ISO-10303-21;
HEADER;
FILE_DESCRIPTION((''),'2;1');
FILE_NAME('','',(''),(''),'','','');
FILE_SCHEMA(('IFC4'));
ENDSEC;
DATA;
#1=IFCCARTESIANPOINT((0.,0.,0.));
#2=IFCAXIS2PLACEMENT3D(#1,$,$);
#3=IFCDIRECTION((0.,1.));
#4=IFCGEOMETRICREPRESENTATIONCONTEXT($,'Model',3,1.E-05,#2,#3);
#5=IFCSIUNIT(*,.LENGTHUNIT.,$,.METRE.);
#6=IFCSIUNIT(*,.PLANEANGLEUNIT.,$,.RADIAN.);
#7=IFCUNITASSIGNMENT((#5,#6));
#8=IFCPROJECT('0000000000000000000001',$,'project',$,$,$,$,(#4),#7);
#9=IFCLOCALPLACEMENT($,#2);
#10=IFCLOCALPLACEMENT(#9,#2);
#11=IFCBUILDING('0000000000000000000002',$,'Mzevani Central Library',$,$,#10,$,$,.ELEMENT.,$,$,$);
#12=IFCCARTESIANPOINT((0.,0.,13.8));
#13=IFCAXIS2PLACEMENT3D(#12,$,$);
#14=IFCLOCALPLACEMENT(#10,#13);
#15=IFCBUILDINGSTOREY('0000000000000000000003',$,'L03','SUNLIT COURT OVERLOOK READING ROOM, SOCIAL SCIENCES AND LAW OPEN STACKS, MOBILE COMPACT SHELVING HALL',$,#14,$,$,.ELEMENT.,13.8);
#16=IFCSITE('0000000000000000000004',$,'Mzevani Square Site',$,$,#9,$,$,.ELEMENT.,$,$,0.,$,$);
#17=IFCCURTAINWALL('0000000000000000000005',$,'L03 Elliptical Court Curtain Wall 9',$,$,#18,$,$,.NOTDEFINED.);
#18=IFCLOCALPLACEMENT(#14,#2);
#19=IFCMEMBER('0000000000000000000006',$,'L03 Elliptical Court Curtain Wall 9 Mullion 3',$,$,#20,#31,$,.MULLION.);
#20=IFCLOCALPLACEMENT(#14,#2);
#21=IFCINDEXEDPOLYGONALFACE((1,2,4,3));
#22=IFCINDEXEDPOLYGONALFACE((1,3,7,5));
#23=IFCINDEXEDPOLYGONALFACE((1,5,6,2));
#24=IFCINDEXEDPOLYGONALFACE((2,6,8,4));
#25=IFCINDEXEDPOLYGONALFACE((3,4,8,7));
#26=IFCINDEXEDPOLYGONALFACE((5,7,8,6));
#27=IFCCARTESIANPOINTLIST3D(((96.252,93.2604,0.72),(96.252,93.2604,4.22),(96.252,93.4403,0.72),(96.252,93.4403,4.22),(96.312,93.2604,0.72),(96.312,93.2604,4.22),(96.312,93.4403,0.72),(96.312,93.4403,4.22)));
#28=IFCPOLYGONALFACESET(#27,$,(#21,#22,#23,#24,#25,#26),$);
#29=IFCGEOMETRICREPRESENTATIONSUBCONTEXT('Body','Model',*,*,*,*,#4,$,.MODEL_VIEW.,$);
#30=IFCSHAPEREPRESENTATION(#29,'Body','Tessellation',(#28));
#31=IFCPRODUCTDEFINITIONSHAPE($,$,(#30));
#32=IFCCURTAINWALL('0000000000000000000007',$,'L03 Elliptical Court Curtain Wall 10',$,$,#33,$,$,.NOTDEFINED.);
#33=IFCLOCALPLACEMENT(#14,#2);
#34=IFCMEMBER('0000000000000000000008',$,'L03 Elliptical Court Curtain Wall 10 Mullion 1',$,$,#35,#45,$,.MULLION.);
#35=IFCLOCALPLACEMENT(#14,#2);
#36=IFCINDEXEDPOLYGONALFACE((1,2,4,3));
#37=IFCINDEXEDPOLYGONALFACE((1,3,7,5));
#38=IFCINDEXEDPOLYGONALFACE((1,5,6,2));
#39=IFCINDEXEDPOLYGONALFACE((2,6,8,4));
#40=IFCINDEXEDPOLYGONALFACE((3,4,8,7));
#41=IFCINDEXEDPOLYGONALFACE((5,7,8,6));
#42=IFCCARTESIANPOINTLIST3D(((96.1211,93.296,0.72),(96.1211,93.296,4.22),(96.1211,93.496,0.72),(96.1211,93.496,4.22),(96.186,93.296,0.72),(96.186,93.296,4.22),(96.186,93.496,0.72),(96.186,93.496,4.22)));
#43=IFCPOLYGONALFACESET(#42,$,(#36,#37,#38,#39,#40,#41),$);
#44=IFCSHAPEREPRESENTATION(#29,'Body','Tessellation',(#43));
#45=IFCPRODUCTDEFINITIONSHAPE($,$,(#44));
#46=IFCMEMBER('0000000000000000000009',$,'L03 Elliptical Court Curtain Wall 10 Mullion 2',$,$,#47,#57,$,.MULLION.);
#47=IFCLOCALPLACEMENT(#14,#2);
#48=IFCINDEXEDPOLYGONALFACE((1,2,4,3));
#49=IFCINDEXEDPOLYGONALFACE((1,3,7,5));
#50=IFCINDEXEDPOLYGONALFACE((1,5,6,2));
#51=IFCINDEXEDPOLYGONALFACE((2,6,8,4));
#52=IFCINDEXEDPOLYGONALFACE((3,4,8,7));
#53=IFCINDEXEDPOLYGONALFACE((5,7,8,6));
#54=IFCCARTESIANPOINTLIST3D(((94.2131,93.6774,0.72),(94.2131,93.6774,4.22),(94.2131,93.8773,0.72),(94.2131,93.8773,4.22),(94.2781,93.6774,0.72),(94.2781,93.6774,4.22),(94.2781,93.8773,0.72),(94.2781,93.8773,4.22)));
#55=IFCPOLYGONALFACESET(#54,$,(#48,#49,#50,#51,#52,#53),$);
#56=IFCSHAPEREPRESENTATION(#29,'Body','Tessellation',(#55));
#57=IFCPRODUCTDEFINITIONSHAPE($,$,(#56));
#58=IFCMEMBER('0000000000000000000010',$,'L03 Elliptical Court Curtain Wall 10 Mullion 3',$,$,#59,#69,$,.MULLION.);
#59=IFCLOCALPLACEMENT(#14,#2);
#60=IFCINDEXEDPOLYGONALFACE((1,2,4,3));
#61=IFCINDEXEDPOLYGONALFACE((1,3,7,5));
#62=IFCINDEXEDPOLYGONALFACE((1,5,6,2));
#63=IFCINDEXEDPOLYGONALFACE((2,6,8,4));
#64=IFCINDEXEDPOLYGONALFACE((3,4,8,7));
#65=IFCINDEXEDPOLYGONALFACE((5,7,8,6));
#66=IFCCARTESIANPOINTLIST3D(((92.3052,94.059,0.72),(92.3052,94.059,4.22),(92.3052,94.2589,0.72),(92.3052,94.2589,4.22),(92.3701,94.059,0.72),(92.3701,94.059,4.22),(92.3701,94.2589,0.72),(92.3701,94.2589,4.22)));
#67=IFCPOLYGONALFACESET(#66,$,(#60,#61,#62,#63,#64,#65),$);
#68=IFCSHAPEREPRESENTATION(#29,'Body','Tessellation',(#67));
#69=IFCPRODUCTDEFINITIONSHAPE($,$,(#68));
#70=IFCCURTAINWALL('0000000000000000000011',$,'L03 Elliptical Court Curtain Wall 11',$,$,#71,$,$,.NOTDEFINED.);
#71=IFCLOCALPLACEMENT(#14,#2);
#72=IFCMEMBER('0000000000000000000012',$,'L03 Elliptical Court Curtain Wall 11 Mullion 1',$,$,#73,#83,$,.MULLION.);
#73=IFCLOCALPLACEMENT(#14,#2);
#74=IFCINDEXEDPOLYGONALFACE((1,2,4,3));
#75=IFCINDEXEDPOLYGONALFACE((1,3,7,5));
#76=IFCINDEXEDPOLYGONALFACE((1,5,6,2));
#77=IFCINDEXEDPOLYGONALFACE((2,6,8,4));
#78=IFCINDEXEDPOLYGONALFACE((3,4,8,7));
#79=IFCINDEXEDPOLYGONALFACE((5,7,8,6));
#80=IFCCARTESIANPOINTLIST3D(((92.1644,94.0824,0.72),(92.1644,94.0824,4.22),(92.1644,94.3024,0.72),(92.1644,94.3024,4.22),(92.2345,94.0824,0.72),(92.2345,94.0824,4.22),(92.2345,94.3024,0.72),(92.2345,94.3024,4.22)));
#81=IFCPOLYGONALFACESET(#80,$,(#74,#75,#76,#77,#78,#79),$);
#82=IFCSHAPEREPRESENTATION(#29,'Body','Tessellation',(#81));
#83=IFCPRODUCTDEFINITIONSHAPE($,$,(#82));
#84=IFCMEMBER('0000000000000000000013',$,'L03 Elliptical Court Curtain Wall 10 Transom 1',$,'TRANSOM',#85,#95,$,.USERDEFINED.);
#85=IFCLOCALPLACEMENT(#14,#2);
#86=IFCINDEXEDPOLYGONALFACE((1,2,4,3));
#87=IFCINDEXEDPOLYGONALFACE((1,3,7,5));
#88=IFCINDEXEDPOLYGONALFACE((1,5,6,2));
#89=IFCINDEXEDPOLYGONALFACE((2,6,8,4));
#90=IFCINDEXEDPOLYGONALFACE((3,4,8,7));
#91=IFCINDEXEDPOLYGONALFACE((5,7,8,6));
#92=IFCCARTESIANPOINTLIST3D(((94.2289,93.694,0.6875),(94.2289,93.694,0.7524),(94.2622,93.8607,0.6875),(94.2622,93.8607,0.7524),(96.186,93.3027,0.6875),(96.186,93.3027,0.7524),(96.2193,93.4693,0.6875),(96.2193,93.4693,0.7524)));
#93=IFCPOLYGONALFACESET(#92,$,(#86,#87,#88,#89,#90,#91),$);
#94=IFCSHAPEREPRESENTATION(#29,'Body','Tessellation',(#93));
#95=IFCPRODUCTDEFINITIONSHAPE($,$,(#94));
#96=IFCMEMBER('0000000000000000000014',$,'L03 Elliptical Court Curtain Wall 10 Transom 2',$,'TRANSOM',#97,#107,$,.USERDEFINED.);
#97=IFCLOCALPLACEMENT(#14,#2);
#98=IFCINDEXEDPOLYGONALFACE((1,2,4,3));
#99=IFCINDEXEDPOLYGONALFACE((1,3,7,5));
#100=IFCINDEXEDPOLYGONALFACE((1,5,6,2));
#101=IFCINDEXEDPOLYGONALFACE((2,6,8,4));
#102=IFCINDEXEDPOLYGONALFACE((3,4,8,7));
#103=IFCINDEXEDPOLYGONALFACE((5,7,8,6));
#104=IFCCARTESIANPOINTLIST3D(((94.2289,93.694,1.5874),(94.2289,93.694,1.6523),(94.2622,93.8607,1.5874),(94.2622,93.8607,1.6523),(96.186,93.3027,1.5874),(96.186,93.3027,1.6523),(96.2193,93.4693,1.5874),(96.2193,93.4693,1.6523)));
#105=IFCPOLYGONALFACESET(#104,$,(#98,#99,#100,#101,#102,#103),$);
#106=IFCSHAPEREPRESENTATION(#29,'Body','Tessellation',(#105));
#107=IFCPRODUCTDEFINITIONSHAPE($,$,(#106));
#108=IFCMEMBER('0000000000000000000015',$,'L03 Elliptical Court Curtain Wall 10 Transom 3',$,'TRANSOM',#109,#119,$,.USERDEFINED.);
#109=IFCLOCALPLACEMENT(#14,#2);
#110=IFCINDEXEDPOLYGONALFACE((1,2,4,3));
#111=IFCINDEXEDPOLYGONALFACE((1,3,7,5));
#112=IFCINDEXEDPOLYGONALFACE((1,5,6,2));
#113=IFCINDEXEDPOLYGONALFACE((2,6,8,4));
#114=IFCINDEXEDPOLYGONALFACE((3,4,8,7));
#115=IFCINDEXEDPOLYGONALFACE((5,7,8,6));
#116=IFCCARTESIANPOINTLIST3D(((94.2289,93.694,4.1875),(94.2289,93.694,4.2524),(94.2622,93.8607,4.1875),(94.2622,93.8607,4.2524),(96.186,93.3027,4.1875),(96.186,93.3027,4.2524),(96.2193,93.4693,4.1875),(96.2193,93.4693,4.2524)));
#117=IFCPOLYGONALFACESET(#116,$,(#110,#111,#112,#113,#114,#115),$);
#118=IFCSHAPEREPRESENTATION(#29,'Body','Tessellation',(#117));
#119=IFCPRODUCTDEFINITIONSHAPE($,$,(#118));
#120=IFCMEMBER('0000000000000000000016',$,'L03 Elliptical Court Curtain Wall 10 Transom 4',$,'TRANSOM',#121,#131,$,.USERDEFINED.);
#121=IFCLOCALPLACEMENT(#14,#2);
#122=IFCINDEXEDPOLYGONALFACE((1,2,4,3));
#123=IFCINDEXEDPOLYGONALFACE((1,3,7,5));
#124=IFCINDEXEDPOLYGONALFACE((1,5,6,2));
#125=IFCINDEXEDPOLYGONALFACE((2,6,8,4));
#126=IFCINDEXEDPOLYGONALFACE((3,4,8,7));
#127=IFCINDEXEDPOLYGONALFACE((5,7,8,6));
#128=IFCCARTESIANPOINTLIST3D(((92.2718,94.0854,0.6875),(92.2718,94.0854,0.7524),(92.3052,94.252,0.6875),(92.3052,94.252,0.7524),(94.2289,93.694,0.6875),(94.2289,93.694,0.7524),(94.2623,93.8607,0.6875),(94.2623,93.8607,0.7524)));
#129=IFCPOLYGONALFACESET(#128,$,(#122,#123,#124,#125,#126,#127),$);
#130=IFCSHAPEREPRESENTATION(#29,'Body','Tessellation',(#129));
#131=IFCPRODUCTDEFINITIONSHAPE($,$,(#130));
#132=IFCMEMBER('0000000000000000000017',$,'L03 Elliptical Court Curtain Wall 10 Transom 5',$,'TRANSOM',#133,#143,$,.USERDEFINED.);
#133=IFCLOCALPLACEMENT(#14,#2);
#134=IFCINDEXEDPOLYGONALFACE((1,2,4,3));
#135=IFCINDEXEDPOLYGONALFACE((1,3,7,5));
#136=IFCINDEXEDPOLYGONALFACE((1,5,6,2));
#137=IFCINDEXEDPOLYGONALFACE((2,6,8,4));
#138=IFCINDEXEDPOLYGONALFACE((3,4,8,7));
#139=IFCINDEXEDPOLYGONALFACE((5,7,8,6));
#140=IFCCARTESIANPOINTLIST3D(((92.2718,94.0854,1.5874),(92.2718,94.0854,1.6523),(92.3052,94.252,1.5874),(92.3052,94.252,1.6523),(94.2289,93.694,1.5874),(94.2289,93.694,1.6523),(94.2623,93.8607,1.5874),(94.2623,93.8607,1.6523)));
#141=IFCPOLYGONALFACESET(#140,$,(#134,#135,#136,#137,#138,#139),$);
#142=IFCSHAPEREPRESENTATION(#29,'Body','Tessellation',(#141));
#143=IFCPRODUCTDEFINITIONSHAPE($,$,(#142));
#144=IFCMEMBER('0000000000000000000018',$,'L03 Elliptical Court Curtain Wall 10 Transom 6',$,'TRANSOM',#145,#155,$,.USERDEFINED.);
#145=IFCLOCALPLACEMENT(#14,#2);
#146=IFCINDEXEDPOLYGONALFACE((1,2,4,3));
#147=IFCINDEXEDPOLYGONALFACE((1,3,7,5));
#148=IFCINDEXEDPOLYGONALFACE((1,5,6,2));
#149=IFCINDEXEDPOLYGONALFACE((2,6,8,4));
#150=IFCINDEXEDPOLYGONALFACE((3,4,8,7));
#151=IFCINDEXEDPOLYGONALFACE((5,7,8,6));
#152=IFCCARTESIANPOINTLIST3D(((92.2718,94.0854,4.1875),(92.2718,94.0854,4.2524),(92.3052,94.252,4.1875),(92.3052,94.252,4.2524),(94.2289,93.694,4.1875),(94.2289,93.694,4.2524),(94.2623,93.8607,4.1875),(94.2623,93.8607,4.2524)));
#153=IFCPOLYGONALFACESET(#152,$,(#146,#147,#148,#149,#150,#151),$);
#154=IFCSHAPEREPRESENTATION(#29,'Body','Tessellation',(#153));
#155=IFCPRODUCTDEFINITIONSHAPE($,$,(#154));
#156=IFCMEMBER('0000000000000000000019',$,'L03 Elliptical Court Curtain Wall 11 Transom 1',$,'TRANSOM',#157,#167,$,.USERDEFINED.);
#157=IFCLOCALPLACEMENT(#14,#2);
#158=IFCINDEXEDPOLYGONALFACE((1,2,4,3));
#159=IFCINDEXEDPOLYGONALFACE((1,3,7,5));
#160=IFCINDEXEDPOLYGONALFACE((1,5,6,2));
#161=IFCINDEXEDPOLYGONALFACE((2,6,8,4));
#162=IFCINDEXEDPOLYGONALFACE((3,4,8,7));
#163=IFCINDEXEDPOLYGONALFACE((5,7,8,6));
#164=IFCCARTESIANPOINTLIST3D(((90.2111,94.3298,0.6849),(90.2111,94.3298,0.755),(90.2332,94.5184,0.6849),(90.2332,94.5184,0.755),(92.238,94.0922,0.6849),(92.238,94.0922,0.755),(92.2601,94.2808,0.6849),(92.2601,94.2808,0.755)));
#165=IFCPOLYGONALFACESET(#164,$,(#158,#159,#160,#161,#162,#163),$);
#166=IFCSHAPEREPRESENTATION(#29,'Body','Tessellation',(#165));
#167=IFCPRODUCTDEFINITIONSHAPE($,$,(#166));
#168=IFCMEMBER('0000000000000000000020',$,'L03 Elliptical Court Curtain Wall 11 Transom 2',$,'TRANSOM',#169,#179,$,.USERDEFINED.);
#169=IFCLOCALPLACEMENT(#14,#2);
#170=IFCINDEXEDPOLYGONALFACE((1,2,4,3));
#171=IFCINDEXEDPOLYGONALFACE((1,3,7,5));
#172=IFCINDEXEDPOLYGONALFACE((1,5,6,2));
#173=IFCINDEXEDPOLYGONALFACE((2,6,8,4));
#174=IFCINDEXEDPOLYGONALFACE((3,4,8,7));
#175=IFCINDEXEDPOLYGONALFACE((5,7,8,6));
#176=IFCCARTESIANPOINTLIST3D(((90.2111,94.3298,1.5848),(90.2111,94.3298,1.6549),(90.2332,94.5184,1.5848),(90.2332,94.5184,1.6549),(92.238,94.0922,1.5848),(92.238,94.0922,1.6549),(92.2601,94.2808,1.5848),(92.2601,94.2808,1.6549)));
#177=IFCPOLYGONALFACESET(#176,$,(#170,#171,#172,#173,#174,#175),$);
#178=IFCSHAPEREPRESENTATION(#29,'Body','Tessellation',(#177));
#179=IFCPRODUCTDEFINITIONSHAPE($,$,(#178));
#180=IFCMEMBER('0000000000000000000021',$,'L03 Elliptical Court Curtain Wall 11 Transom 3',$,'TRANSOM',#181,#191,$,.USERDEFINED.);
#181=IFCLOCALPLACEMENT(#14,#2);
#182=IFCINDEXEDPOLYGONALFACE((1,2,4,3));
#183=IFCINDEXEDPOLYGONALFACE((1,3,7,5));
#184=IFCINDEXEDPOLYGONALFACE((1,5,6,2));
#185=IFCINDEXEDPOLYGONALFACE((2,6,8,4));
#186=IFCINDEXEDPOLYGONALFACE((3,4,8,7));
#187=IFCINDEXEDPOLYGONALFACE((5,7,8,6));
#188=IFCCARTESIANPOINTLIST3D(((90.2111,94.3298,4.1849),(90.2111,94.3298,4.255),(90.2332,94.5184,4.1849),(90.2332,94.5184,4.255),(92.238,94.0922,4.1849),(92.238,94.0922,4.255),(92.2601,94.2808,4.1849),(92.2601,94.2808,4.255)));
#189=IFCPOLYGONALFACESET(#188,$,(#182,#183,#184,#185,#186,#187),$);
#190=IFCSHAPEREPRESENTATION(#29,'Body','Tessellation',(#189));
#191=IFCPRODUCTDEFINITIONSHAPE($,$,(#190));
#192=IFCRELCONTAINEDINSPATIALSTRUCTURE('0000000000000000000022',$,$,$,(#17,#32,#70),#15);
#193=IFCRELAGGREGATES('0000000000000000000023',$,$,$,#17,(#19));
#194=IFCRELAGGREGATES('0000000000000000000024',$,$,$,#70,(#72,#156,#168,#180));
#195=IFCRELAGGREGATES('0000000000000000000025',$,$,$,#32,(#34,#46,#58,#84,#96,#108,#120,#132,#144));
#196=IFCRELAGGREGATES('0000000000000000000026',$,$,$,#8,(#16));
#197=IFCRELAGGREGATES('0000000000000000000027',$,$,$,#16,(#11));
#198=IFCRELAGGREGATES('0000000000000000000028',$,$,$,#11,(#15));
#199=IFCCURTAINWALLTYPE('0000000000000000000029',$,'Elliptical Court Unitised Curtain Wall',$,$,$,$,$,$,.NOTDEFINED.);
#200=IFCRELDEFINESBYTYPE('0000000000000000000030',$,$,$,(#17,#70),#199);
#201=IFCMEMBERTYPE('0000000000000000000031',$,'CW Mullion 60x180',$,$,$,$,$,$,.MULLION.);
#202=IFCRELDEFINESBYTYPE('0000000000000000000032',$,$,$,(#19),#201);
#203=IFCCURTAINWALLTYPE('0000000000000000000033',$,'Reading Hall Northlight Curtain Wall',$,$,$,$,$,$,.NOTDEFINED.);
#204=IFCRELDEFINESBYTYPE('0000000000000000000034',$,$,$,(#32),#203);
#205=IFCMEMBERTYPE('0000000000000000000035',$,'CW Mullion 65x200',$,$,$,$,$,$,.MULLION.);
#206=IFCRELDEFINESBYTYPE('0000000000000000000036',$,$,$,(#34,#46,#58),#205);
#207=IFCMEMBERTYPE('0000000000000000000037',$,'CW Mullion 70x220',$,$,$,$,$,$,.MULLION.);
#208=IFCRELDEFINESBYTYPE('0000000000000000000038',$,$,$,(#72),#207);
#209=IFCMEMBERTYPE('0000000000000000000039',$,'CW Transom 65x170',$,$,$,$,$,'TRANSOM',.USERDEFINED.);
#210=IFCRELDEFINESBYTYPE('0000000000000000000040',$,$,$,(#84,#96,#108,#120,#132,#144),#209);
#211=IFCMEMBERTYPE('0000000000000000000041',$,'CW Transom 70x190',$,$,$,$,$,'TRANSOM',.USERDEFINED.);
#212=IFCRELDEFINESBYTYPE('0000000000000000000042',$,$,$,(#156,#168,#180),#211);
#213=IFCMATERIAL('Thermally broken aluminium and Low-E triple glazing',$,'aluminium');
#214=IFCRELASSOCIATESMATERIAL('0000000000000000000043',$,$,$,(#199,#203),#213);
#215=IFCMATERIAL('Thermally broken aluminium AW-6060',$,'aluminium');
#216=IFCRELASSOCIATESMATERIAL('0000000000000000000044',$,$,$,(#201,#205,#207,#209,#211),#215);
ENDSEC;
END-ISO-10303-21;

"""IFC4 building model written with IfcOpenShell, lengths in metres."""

from ifc_helpers import new_model, si_unit, direction, frame, origin, origin_2d, place, context, subcontext, project, spatial, rectangle, extrude, material, material_profile, profile_set, type_object, element, aggregate, save


model = new_model("IFC4")

# Units and contexts
model_context = context("Model", 3, precision=1e-05, world=origin(), true_north=direction((0.0, 1.0)))
body_context = subcontext(model_context, "Body", "Model", "MODEL_VIEW")
ifc_project = project(units=[si_unit("LENGTHUNIT", "METRE"), si_unit("PLANEANGLEUNIT", "RADIAN")], contexts=[model_context])

# Site, building, storey
site_placement = place(None, origin())
site = spatial("IfcSite", under=ifc_project, at=site_placement, Name="Mzevani Square Site", CompositionType="ELEMENT", RefElevation=0.0)
building_placement = place(site_placement, origin())
building = spatial("IfcBuilding", under=site, at=building_placement, Name="Mzevani Central Library", CompositionType="ELEMENT")
storey_placement = place(building_placement, frame((0.0, 0.0, 13.8)))
storey = spatial("IfcBuildingStorey", under=building, at=storey_placement, Name="L03", Description="SUNLIT COURT OVERLOOK READING ROOM, SOCIAL SCIENCES AND LAW OPEN STACKS, MOBILE COMPACT SHELVING HALL", CompositionType="ELEMENT", Elevation=13.8)

# Curtain wall, member
ifc_material_1 = material(Name="Thermally broken aluminium and Low-E triple glazing", Category="aluminium")
curtain_wall_type_1 = type_object("IfcCurtainWallType", Name="Elliptical Court Unitised Curtain Wall", PredefinedType="NOTDEFINED", material=ifc_material_1)
curtain_wall_1_placement = place(storey_placement, origin())
curtain_wall_1 = element("IfcCurtainWall", 1, at=curtain_wall_1_placement, inside=storey, type_object=curtain_wall_type_1, Name="L03 Elliptical Court Curtain Wall 9", PredefinedType="NOTDEFINED")
ifc_material_2 = material(Name="Thermally broken aluminium AW-6060", Category="aluminium")
ifc_material_profile_1 = material_profile(ifc_material_2, rectangle(XDim=0.0601, YDim=0.1799, at=origin_2d()), Name="ALU M60x180")
ifc_profile_set_1 = profile_set([ifc_material_profile_1], Name="Thermally broken aluminium AW-6060")
member_type_1 = type_object("IfcMemberType", Name="CW Mullion 60x180", PredefinedType="MULLION", material=ifc_profile_set_1)
member_1_placement = place(storey_placement, frame((96.282, 93.3503, 0.72), z_axis=(0.0, 0.0, 1.0), x_axis=(1.0, 0.0, 0.0)))
member_1 = element("IfcMember", 2, at=member_1_placement, type_object=member_type_1, Name="L03 Elliptical Court Curtain Wall 9 Mullion 3", PredefinedType="MULLION", context=body_context, shape_type="SweptSolid", body=[
    extrude(rectangle(XDim=0.0601, YDim=0.1799, at=origin_2d()), origin(), (0.0, 0.0, 1.0), 3.5),
])

# Curtain wall, members
curtain_wall_type_2 = type_object("IfcCurtainWallType", Name="Reading Hall Northlight Curtain Wall", PredefinedType="NOTDEFINED", material=ifc_material_1)
curtain_wall_2_placement = place(storey_placement, origin())
curtain_wall_2 = element("IfcCurtainWall", 3, at=curtain_wall_2_placement, inside=storey, type_object=curtain_wall_type_2, Name="L03 Elliptical Court Curtain Wall 10", PredefinedType="NOTDEFINED")
ifc_material_profile_2 = material_profile(ifc_material_2, rectangle(XDim=0.0649, YDim=0.2, at=origin_2d()), Name="ALU M65x200")
ifc_profile_set_2 = profile_set([ifc_material_profile_2], Name="Thermally broken aluminium AW-6060")
member_type_2 = type_object("IfcMemberType", Name="CW Mullion 65x200", PredefinedType="MULLION", material=ifc_profile_set_2)
member_2_placement = place(storey_placement, frame((96.1536, 93.396, 0.72), z_axis=(0.0, 0.0, 1.0), x_axis=(1.0, 0.0, 0.0)))
member_2 = element("IfcMember", 4, at=member_2_placement, type_object=member_type_2, Name="L03 Elliptical Court Curtain Wall 10 Mullion 1", PredefinedType="MULLION", context=body_context, shape_type="SweptSolid", body=[
    extrude(rectangle(XDim=0.0649, YDim=0.2, at=origin_2d()), origin(), (0.0, 0.0, 1.0), 3.5),
])
member_3_placement = place(storey_placement, frame((94.2456, 93.7773, 0.72), z_axis=(0.0, 0.0, 1.0), x_axis=(1.0, 0.0, 0.0)))
member_3 = element("IfcMember", 5, at=member_3_placement, type_object=member_type_2, Name="L03 Elliptical Court Curtain Wall 10 Mullion 2", PredefinedType="MULLION", context=body_context, shape_type="SweptSolid", body=[
    extrude(rectangle(XDim=0.0649, YDim=0.2, at=origin_2d()), origin(), (0.0, 0.0, 1.0), 3.5),
])
member_4_placement = place(storey_placement, frame((92.3376, 94.1589, 0.72), z_axis=(0.0, 0.0, 1.0), x_axis=(1.0, 0.0, 0.0)))
member_4 = element("IfcMember", 6, at=member_4_placement, type_object=member_type_2, Name="L03 Elliptical Court Curtain Wall 10 Mullion 3", PredefinedType="MULLION", context=body_context, shape_type="SweptSolid", body=[
    extrude(rectangle(XDim=0.0649, YDim=0.2, at=origin_2d()), origin(), (0.0, 0.0, 1.0), 3.5),
])

# Curtain wall, member
curtain_wall_3_placement = place(storey_placement, origin())
curtain_wall_3 = element("IfcCurtainWall", 7, at=curtain_wall_3_placement, inside=storey, type_object=curtain_wall_type_1, Name="L03 Elliptical Court Curtain Wall 11", PredefinedType="NOTDEFINED")
ifc_material_profile_3 = material_profile(ifc_material_2, rectangle(XDim=0.0701, YDim=0.22, at=origin_2d()), Name="ALU M70x220")
ifc_profile_set_3 = profile_set([ifc_material_profile_3], Name="Thermally broken aluminium AW-6060")
member_type_3 = type_object("IfcMemberType", Name="CW Mullion 70x220", PredefinedType="MULLION", material=ifc_profile_set_3)
member_5_placement = place(storey_placement, frame((92.1995, 94.1924, 0.72), z_axis=(0.0, 0.0, 1.0), x_axis=(1.0, 0.0, 0.0)))
member_5 = element("IfcMember", 8, at=member_5_placement, type_object=member_type_3, Name="L03 Elliptical Court Curtain Wall 11 Mullion 1", PredefinedType="MULLION", context=body_context, shape_type="SweptSolid", body=[
    extrude(rectangle(XDim=0.0701, YDim=0.22, at=origin_2d()), origin(), (0.0, 0.0, 1.0), 3.5),
])

# Members
ifc_material_profile_4 = material_profile(ifc_material_2, rectangle(XDim=0.1699, YDim=0.0649, at=origin_2d()), Name="ALU T65x170")
ifc_profile_set_4 = profile_set([ifc_material_profile_4], Name="Thermally broken aluminium AW-6060")
member_type_4 = type_object("IfcMemberType", Name="CW Transom 65x170", ElementType="TRANSOM", PredefinedType="USERDEFINED", material=ifc_profile_set_4)
member_6_placement = place(storey_placement, frame((96.2026, 93.386, 0.72), z_axis=(-0.980585, 0.196093, 0.0), x_axis=(-0.196093, -0.980585, 0.0)))
member_6 = element("IfcMember", 9, at=member_6_placement, type_object=member_type_4, Name="L03 Elliptical Court Curtain Wall 10 Transom 1", ObjectType="TRANSOM", PredefinedType="USERDEFINED", context=body_context, shape_type="SweptSolid", body=[
    extrude(rectangle(XDim=0.1699, YDim=0.0649, at=origin_2d()), origin(), (0.0, 0.0, 1.0), 1.9958),
])
member_7_placement = place(storey_placement, frame((96.2026, 93.386, 1.6199), z_axis=(-0.980585, 0.196093, 0.0), x_axis=(-0.196093, -0.980585, 0.0)))
member_7 = element("IfcMember", 10, at=member_7_placement, type_object=member_type_4, Name="L03 Elliptical Court Curtain Wall 10 Transom 2", ObjectType="TRANSOM", PredefinedType="USERDEFINED", context=body_context, shape_type="SweptSolid", body=[
    extrude(rectangle(XDim=0.1699, YDim=0.0649, at=origin_2d()), origin(), (0.0, 0.0, 1.0), 1.9958),
])
member_8_placement = place(storey_placement, frame((96.2026, 93.386, 4.22), z_axis=(-0.980585, 0.196093, 0.0), x_axis=(-0.196093, -0.980585, 0.0)))
member_8 = element("IfcMember", 11, at=member_8_placement, type_object=member_type_4, Name="L03 Elliptical Court Curtain Wall 10 Transom 3", ObjectType="TRANSOM", PredefinedType="USERDEFINED", context=body_context, shape_type="SweptSolid", body=[
    extrude(rectangle(XDim=0.1699, YDim=0.0649, at=origin_2d()), origin(), (0.0, 0.0, 1.0), 1.9958),
])
member_9_placement = place(storey_placement, frame((94.2456, 93.7773, 0.72), z_axis=(-0.980585, 0.196093, 0.0), x_axis=(-0.196093, -0.980585, 0.0)))
member_9 = element("IfcMember", 12, at=member_9_placement, type_object=member_type_4, Name="L03 Elliptical Court Curtain Wall 10 Transom 4", ObjectType="TRANSOM", PredefinedType="USERDEFINED", context=body_context, shape_type="SweptSolid", body=[
    extrude(rectangle(XDim=0.1699, YDim=0.0649, at=origin_2d()), origin(), (0.0, 0.0, 1.0), 1.9958),
])
member_10_placement = place(storey_placement, frame((94.2456, 93.7773, 1.6199), z_axis=(-0.980585, 0.196093, 0.0), x_axis=(-0.196093, -0.980585, 0.0)))
member_10 = element("IfcMember", 13, at=member_10_placement, type_object=member_type_4, Name="L03 Elliptical Court Curtain Wall 10 Transom 5", ObjectType="TRANSOM", PredefinedType="USERDEFINED", context=body_context, shape_type="SweptSolid", body=[
    extrude(rectangle(XDim=0.1699, YDim=0.0649, at=origin_2d()), origin(), (0.0, 0.0, 1.0), 1.9958),
])
member_11_placement = place(storey_placement, frame((94.2456, 93.7773, 4.22), z_axis=(-0.980585, 0.196093, 0.0), x_axis=(-0.196093, -0.980585, 0.0)))
member_11 = element("IfcMember", 14, at=member_11_placement, type_object=member_type_4, Name="L03 Elliptical Court Curtain Wall 10 Transom 6", ObjectType="TRANSOM", PredefinedType="USERDEFINED", context=body_context, shape_type="SweptSolid", body=[
    extrude(rectangle(XDim=0.1699, YDim=0.0649, at=origin_2d()), origin(), (0.0, 0.0, 1.0), 1.9958),
])
ifc_material_profile_5 = material_profile(ifc_material_2, rectangle(XDim=0.1899, YDim=0.0701, at=origin_2d()), Name="ALU T70x190")
ifc_profile_set_5 = profile_set([ifc_material_profile_5], Name="Thermally broken aluminium AW-6060")
member_type_5 = type_object("IfcMemberType", Name="CW Transom 70x190", ElementType="TRANSOM", PredefinedType="USERDEFINED", material=ifc_profile_set_5)
member_12_placement = place(storey_placement, frame((92.249, 94.1865, 0.72), z_axis=(-0.993202, 0.116404, 0.0), x_axis=(-0.116404, -0.993202, 0.0)))
member_12 = element("IfcMember", 15, at=member_12_placement, type_object=member_type_5, Name="L03 Elliptical Court Curtain Wall 11 Transom 1", ObjectType="TRANSOM", PredefinedType="USERDEFINED", context=body_context, shape_type="SweptSolid", body=[
    extrude(rectangle(XDim=0.1899, YDim=0.0701, at=origin_2d()), origin(), (0.0, 0.0, 1.0), 2.0408),
])
member_13_placement = place(storey_placement, frame((92.249, 94.1865, 1.6199), z_axis=(-0.993202, 0.116404, 0.0), x_axis=(-0.116404, -0.993202, 0.0)))
member_13 = element("IfcMember", 16, at=member_13_placement, type_object=member_type_5, Name="L03 Elliptical Court Curtain Wall 11 Transom 2", ObjectType="TRANSOM", PredefinedType="USERDEFINED", context=body_context, shape_type="SweptSolid", body=[
    extrude(rectangle(XDim=0.1899, YDim=0.0701, at=origin_2d()), origin(), (0.0, 0.0, 1.0), 2.0408),
])
member_14_placement = place(storey_placement, frame((92.249, 94.1865, 4.22), z_axis=(-0.993202, 0.116404, 0.0), x_axis=(-0.116404, -0.993202, 0.0)))
member_14 = element("IfcMember", 17, at=member_14_placement, type_object=member_type_5, Name="L03 Elliptical Court Curtain Wall 11 Transom 3", ObjectType="TRANSOM", PredefinedType="USERDEFINED", context=body_context, shape_type="SweptSolid", body=[
    extrude(rectangle(XDim=0.1899, YDim=0.0701, at=origin_2d()), origin(), (0.0, 0.0, 1.0), 2.0408),
])

aggregate(curtain_wall_1, [member_1])
aggregate(curtain_wall_3, [member_5, member_12, member_13, member_14])
aggregate(curtain_wall_2, [member_2, member_3, member_4, member_6, member_7, member_8, member_9, member_10, member_11])

save(model, "model.ifc")
